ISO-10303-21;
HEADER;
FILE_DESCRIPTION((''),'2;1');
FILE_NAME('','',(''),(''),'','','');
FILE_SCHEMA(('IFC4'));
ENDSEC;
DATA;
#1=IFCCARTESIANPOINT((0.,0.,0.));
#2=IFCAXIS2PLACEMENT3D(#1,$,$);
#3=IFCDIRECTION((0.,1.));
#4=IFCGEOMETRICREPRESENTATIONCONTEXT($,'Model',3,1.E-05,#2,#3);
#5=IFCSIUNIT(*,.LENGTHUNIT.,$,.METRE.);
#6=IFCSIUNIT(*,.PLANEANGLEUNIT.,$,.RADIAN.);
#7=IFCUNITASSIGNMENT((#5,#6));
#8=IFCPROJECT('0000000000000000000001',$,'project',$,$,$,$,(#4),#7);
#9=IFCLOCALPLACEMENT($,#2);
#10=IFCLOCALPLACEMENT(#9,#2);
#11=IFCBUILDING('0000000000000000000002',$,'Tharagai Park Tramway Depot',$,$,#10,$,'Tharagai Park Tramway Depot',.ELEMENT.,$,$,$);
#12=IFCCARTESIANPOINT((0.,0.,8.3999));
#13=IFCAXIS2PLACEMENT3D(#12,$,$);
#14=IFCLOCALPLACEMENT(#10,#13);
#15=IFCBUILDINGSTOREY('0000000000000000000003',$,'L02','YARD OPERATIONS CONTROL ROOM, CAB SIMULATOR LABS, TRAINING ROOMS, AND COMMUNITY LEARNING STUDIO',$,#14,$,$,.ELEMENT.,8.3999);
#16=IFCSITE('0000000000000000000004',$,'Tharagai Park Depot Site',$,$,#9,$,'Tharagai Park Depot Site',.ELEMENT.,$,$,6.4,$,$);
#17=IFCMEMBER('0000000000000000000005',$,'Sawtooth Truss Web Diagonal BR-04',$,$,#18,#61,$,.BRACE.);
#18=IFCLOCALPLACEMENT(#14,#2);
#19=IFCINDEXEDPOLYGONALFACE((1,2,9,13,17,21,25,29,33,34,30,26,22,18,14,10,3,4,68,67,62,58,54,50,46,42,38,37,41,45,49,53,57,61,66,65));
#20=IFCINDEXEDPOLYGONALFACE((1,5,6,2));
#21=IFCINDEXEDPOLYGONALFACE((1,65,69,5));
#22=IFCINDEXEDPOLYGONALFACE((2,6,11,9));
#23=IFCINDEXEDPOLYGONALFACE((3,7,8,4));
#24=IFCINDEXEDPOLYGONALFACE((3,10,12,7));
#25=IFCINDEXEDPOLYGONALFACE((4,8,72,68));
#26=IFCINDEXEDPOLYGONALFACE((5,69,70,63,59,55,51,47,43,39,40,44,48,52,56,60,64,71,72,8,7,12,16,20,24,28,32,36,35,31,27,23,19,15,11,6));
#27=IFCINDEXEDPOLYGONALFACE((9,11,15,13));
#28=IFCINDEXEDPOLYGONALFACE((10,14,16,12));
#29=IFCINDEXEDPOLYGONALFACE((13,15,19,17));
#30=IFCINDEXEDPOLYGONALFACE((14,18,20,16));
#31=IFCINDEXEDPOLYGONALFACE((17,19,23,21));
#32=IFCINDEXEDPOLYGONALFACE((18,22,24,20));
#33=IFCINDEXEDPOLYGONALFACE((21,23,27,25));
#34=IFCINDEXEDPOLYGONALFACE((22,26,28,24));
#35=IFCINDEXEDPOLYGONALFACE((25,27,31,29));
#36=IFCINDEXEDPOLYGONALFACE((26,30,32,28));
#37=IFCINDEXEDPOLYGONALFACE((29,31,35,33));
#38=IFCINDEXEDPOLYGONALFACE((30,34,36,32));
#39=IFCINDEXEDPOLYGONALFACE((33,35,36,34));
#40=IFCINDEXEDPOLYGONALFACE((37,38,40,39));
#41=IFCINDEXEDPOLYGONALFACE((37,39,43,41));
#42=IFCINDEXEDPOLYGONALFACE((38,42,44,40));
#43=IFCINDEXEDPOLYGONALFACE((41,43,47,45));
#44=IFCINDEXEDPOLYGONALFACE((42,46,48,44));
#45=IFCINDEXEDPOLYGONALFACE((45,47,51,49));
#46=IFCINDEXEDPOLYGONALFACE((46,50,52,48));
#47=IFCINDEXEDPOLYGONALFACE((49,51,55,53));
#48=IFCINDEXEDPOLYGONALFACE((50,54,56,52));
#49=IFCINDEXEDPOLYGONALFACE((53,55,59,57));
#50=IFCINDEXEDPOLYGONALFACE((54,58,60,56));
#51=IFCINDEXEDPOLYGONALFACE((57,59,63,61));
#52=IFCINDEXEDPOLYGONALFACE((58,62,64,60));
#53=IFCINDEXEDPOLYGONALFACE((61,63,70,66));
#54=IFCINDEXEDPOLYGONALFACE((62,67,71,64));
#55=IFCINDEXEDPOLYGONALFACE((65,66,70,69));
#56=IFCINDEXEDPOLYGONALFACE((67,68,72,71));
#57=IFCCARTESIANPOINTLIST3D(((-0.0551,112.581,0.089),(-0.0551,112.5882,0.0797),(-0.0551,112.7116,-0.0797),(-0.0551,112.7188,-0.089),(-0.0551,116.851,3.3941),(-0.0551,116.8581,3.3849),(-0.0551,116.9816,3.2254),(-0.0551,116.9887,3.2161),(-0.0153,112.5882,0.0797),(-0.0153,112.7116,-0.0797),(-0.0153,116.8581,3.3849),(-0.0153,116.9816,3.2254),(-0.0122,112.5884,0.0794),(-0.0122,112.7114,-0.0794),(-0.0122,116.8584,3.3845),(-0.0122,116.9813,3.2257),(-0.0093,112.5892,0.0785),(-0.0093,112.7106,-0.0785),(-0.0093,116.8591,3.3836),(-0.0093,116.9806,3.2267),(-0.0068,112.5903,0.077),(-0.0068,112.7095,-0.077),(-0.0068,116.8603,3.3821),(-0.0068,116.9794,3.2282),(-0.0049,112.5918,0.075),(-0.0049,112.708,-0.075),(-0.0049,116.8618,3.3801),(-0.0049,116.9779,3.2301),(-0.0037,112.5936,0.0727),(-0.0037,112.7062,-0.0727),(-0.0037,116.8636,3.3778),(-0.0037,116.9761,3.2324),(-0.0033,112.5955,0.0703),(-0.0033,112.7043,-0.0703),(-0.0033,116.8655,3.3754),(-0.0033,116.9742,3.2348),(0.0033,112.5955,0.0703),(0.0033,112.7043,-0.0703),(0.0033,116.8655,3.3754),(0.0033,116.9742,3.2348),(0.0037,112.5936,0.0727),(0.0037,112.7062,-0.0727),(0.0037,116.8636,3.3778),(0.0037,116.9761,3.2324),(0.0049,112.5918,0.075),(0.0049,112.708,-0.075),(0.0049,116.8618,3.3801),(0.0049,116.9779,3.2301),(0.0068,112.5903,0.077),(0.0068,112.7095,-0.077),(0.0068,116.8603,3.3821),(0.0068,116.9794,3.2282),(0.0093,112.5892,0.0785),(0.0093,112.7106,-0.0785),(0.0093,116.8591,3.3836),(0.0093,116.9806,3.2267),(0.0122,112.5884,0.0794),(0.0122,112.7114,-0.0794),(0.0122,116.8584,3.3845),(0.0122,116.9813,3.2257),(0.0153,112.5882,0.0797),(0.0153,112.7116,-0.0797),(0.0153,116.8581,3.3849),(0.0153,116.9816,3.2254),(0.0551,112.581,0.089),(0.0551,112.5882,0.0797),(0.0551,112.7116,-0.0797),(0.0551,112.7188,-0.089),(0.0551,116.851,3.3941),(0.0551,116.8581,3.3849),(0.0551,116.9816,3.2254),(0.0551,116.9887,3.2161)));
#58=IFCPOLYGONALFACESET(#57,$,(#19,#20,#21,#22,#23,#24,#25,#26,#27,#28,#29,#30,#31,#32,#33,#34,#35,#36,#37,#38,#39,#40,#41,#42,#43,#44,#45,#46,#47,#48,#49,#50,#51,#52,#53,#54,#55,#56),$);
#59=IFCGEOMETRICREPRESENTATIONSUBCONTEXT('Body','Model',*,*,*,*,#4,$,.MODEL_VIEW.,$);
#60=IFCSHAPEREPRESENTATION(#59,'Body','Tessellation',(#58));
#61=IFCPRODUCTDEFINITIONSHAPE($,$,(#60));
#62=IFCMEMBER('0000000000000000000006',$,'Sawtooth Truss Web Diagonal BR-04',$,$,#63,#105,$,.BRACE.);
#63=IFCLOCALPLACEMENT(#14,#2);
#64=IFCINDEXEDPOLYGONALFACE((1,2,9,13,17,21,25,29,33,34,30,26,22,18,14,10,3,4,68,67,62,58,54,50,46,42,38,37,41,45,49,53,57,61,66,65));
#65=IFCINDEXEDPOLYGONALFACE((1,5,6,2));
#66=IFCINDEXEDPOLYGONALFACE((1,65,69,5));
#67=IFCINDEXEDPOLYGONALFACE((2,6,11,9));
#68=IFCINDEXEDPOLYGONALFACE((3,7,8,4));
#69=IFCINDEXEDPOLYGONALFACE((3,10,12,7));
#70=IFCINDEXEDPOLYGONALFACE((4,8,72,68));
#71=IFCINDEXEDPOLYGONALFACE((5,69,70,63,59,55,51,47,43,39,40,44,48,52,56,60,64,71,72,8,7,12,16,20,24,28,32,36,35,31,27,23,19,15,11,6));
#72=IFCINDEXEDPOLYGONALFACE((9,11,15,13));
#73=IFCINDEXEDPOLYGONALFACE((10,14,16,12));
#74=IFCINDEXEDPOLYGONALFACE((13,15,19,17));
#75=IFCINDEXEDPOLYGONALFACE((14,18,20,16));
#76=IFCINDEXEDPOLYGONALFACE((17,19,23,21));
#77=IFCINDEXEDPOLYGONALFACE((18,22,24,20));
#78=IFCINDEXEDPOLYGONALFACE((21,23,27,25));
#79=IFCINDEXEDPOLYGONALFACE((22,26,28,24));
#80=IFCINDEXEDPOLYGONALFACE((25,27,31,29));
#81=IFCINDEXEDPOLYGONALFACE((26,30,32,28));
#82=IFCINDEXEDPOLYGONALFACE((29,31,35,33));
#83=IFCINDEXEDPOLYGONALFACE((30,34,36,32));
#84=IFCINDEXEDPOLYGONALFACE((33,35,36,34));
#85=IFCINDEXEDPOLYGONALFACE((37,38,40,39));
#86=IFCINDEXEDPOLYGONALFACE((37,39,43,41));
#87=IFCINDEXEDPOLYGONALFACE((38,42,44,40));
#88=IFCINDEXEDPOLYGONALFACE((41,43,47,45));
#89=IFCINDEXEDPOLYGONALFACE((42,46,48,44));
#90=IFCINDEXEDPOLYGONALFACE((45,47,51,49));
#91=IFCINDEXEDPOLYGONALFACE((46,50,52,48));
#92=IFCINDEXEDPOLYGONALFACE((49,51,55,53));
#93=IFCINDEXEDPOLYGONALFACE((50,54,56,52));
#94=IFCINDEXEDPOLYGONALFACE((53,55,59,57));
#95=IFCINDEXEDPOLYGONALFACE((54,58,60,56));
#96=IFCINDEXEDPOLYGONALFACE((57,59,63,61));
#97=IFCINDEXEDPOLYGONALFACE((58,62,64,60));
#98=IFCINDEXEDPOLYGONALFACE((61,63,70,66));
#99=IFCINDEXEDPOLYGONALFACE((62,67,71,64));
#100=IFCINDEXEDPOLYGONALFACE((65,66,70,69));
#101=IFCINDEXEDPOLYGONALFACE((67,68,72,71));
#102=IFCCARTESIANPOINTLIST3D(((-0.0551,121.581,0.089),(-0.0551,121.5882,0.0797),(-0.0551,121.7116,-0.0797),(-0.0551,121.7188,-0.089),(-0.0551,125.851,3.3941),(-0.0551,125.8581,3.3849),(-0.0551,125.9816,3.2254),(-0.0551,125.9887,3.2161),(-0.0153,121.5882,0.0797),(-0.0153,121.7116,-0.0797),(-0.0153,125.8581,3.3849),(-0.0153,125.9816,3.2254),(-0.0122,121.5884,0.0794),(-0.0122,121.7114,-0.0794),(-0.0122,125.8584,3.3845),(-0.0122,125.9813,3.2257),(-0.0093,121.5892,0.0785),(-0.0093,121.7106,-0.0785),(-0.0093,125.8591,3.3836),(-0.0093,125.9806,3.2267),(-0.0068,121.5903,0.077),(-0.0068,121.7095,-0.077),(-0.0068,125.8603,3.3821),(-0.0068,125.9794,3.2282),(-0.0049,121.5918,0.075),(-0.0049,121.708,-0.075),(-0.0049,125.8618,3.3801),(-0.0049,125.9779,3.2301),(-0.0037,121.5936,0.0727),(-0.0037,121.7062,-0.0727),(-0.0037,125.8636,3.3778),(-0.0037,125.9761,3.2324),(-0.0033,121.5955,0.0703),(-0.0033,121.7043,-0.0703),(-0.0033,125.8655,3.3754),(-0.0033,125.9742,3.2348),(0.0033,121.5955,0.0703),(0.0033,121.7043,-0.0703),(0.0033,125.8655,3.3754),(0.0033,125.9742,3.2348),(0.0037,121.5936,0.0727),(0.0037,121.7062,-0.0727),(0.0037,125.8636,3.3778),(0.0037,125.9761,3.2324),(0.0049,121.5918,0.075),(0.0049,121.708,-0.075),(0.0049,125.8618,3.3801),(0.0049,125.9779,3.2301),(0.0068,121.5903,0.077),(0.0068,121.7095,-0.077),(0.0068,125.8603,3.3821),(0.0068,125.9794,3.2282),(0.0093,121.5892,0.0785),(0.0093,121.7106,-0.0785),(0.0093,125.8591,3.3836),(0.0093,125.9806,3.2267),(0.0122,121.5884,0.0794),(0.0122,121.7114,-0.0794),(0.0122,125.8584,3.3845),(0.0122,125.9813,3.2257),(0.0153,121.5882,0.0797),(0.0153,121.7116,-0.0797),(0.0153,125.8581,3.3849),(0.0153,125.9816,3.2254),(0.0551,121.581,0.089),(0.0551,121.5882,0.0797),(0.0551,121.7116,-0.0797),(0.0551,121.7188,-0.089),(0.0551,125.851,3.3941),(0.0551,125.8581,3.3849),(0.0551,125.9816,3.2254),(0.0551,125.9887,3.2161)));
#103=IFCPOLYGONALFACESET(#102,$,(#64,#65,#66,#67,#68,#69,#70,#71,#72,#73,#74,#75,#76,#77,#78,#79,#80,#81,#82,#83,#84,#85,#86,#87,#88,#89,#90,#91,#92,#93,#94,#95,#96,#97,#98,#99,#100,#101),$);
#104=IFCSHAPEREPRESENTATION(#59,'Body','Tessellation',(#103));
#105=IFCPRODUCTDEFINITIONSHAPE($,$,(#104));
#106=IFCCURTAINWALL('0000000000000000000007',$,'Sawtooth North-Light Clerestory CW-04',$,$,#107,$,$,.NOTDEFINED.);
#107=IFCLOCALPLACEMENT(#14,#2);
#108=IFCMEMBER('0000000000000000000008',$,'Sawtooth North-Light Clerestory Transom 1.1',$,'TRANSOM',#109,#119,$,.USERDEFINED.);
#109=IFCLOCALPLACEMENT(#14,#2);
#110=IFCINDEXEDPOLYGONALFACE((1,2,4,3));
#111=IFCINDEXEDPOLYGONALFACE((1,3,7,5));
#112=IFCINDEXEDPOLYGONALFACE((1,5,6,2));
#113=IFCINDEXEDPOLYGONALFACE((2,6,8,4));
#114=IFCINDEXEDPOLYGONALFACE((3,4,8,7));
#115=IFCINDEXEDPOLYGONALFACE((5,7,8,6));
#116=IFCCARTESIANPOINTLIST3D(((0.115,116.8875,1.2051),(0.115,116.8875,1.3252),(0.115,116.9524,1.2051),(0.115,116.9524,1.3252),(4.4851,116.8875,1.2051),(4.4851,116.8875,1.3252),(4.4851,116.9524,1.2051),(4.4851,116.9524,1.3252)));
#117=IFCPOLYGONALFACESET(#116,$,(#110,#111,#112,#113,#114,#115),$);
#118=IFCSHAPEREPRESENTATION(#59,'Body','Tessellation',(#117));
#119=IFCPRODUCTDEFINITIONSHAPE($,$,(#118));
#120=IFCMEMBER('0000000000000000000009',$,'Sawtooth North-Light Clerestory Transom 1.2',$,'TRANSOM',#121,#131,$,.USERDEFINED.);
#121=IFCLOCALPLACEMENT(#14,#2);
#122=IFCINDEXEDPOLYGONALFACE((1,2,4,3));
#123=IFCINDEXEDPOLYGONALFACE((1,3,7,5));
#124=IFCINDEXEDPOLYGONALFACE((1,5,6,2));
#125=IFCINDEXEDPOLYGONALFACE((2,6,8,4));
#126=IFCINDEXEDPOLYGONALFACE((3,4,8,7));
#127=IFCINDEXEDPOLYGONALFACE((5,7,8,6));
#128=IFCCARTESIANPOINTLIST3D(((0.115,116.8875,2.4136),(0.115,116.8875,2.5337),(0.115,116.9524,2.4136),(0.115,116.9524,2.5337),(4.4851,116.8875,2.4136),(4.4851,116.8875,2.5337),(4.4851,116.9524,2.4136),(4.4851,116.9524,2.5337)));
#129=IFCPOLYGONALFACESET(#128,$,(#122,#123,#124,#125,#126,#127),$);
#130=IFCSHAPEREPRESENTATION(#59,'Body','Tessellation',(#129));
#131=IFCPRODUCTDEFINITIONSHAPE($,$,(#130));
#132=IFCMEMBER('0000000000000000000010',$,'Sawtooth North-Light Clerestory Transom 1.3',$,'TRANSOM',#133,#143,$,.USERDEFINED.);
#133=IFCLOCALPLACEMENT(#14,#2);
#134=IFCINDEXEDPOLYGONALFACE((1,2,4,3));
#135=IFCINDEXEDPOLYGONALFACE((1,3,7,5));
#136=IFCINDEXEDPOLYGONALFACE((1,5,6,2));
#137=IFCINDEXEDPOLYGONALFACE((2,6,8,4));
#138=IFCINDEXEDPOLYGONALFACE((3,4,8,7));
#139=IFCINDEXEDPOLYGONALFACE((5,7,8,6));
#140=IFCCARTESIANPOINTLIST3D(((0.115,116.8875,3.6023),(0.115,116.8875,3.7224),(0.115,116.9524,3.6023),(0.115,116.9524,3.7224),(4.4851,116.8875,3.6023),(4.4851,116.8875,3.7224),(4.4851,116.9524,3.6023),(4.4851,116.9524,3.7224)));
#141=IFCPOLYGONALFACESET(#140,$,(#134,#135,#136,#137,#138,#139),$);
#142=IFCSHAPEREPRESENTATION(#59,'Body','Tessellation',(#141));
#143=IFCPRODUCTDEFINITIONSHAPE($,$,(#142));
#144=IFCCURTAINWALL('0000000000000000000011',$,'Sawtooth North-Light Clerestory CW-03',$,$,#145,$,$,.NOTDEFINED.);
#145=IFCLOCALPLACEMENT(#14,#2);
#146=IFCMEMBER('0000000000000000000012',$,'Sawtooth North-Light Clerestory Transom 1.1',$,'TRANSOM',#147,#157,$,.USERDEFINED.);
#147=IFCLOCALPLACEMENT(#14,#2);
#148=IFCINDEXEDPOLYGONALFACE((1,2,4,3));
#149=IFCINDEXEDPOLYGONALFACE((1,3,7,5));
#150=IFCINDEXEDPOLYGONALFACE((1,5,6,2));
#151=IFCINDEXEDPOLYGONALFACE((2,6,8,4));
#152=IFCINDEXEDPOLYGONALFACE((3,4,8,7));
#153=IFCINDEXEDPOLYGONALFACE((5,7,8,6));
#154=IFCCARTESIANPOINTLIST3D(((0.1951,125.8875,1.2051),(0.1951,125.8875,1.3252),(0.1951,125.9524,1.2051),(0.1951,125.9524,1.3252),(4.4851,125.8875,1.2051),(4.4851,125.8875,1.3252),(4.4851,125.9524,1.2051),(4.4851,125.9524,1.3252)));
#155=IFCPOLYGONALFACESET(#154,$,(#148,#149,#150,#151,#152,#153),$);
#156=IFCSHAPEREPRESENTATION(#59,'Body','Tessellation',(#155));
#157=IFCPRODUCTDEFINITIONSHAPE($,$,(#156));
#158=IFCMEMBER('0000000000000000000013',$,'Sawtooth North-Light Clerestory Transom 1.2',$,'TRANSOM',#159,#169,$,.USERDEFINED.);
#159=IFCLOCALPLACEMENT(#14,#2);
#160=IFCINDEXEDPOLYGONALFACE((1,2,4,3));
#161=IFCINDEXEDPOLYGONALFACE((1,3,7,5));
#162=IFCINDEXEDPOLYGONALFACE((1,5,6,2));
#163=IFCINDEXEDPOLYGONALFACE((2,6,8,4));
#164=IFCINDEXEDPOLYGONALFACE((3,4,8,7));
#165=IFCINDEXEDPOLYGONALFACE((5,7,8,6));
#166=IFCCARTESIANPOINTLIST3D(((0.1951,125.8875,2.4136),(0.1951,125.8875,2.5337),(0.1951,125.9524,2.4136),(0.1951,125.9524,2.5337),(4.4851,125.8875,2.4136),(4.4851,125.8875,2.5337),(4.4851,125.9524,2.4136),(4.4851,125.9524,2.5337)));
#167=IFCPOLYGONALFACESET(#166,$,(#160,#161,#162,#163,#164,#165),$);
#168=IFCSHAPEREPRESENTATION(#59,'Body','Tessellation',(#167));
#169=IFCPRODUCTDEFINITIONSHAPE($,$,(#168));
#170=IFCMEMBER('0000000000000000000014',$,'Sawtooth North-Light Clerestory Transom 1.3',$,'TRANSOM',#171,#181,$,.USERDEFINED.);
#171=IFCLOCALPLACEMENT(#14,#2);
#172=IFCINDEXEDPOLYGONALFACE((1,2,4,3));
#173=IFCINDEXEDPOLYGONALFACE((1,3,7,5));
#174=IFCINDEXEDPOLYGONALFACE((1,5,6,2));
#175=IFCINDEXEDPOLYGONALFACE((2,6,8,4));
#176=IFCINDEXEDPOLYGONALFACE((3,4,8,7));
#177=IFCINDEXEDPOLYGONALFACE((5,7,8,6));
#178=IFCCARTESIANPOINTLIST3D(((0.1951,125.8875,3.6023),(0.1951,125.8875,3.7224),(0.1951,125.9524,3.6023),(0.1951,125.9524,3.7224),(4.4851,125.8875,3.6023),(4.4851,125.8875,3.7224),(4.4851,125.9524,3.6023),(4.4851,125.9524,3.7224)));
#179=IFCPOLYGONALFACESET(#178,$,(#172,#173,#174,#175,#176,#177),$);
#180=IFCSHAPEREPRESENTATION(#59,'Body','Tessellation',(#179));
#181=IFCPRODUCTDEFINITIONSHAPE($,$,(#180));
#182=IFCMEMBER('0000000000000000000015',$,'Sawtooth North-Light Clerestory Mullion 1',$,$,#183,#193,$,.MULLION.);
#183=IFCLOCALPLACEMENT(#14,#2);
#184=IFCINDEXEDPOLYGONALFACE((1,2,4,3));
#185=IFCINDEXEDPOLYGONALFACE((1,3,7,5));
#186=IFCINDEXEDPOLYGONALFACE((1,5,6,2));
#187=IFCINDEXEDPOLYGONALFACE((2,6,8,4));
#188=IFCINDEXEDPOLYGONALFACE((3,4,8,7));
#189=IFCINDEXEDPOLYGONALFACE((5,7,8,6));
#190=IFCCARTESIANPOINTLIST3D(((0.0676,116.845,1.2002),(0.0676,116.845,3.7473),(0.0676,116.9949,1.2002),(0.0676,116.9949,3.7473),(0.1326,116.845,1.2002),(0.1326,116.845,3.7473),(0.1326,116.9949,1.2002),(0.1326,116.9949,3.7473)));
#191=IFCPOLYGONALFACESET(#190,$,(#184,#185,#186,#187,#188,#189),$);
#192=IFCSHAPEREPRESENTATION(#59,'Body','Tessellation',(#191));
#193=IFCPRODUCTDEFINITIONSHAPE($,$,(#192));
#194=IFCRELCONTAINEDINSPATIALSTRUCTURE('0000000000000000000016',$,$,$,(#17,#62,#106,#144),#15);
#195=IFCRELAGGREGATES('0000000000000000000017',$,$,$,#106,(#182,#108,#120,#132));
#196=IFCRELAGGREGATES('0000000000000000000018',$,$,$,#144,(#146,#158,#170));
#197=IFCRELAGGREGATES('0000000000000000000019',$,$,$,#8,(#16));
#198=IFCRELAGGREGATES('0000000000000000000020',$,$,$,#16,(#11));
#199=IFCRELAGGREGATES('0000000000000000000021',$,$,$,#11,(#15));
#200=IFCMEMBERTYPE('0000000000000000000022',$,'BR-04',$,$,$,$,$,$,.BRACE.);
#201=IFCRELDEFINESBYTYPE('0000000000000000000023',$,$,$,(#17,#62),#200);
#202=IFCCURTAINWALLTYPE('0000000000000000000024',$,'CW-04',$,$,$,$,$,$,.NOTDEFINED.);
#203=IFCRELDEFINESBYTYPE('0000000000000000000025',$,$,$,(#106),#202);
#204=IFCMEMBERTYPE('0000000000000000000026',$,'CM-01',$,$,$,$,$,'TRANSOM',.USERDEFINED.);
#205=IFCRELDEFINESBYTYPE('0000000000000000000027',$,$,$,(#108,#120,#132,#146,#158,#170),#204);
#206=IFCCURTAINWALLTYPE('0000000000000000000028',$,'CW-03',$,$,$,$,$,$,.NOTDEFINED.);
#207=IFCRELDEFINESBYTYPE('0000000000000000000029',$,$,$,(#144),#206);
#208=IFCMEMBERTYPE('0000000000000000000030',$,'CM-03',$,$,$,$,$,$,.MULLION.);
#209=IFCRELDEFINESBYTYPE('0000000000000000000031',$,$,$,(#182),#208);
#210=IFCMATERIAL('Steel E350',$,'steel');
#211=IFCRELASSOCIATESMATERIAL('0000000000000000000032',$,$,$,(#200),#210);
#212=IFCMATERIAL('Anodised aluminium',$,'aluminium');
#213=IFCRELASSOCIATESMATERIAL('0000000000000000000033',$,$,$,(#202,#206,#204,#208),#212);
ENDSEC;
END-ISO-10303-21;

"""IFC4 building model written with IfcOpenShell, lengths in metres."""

from ifc_helpers import new_model, si_unit, direction, frame, origin, origin_2d, place, context, subcontext, project, spatial, rectangle, i_section, extrude, material, material_profile, profile_set, type_object, element, aggregate, save


model = new_model("IFC4")

# Units and contexts
model_context = context("Model", 3, precision=1e-05, world=origin(), true_north=direction((0.0, 1.0)))
body_context = subcontext(model_context, "Body", "Model", "MODEL_VIEW")
ifc_project = project(units=[si_unit("LENGTHUNIT", "METRE"), si_unit("PLANEANGLEUNIT", "RADIAN")], contexts=[model_context])

# Site, building, storey
site_placement = place(None, origin())
site = spatial("IfcSite", under=ifc_project, at=site_placement, Name="Tharagai Park Depot Site", LongName="Tharagai Park Depot Site", CompositionType="ELEMENT", RefElevation=6.4)
building_placement = place(site_placement, origin())
building = spatial("IfcBuilding", under=site, at=building_placement, Name="Tharagai Park Tramway Depot", LongName="Tharagai Park Tramway Depot", CompositionType="ELEMENT")
storey_placement = place(building_placement, frame((0.0, 0.0, 8.3999)))
storey = spatial("IfcBuildingStorey", under=building, at=storey_placement, Name="L02", Description="YARD OPERATIONS CONTROL ROOM, CAB SIMULATOR LABS, TRAINING ROOMS, AND COMMUNITY LEARNING STUDIO", CompositionType="ELEMENT", Elevation=8.3999)

# Shared definitions
ifc_material_1 = material(Name="Steel E350", Category="steel")

# Members
ifc_material_profile_1 = material_profile(ifc_material_1, i_section(OverallWidth=0.1101, OverallDepth=0.2251, WebThickness=0.0066, FlangeThickness=0.0117, FilletRadius=0.012, at=origin_2d()), Name="ISMB 225")
ifc_profile_set_1 = profile_set([ifc_material_profile_1], Name="Steel E350")
member_type_1 = type_object("IfcMemberType", Name="BR-04", PredefinedType="BRACE", material=ifc_profile_set_1)
for number, where, z_axis, x_axis, name in (
    (1, (0.0, 112.6499, 0.0), (0.0, 0.790782, 0.612098), (-1.0, 0.0, 0.0), "Sawtooth Truss Web Diagonal BR-04"),
    (2, (0.0, 121.6499, 0.0), (0.0, 0.790782, 0.612098), (-1.0, 0.0, 0.0), "Sawtooth Truss Web Diagonal BR-04"),
):
    element("IfcMember", number, at=place(storey_placement, frame(where, z_axis=z_axis, x_axis=x_axis)), inside=storey, type_object=member_type_1, Name=name, PredefinedType="BRACE", context=body_context, shape_type="SweptSolid", body=[
        extrude(i_section(OverallWidth=0.1101, OverallDepth=0.2251, WebThickness=0.0066, FlangeThickness=0.0117, FilletRadius=0.012, at=origin_2d()), origin(), (0.0, 0.0, 1.0), 5.3997),
    ])

# Curtain walls, members
ifc_material_2 = material(Name="Anodised aluminium", Category="aluminium")
curtain_wall_type_1 = type_object("IfcCurtainWallType", Name="CW-04", PredefinedType="NOTDEFINED", material=ifc_material_2)
curtain_wall_1_placement = place(storey_placement, origin())
curtain_wall_1 = element("IfcCurtainWall", 3, at=curtain_wall_1_placement, inside=storey, type_object=curtain_wall_type_1, Name="Sawtooth North-Light Clerestory CW-04", PredefinedType="NOTDEFINED")
ifc_material_profile_2 = material_profile(ifc_material_2, rectangle(XDim=0.0649, YDim=0.1201, at=origin_2d()), Name="ALU 65x120")
ifc_profile_set_2 = profile_set([ifc_material_profile_2], Name="Anodised aluminium")
member_type_2 = type_object("IfcMemberType", Name="CM-01", ElementType="TRANSOM", PredefinedType="USERDEFINED", material=ifc_profile_set_2)
member_1_placement = place(storey_placement, frame((0.115, 116.9199, 1.2651), z_axis=(1.0, 0.0, 0.0), x_axis=(0.0, 1.0, 0.0)))
member_1 = element("IfcMember", 4, at=member_1_placement, type_object=member_type_2, Name="Sawtooth North-Light Clerestory Transom 1.1", ObjectType="TRANSOM", PredefinedType="USERDEFINED", context=body_context, shape_type="SweptSolid", body=[
    extrude(rectangle(XDim=0.0649, YDim=0.1201, at=origin_2d()), origin(), (0.0, 0.0, 1.0), 4.3701),
])
member_2_placement = place(storey_placement, frame((0.115, 116.9199, 2.4736), z_axis=(1.0, 0.0, 0.0), x_axis=(0.0, 1.0, 0.0)))
member_2 = element("IfcMember", 5, at=member_2_placement, type_object=member_type_2, Name="Sawtooth North-Light Clerestory Transom 1.2", ObjectType="TRANSOM", PredefinedType="USERDEFINED", context=body_context, shape_type="SweptSolid", body=[
    extrude(rectangle(XDim=0.0649, YDim=0.1201, at=origin_2d()), origin(), (0.0, 0.0, 1.0), 4.3701),
])
member_3_placement = place(storey_placement, frame((0.115, 116.9199, 3.6624), z_axis=(1.0, 0.0, 0.0), x_axis=(0.0, 1.0, 0.0)))
member_3 = element("IfcMember", 6, at=member_3_placement, type_object=member_type_2, Name="Sawtooth North-Light Clerestory Transom 1.3", ObjectType="TRANSOM", PredefinedType="USERDEFINED", context=body_context, shape_type="SweptSolid", body=[
    extrude(rectangle(XDim=0.0649, YDim=0.1201, at=origin_2d()), origin(), (0.0, 0.0, 1.0), 4.3701),
])
curtain_wall_type_2 = type_object("IfcCurtainWallType", Name="CW-03", PredefinedType="NOTDEFINED", material=ifc_material_2)
curtain_wall_2_placement = place(storey_placement, origin())
curtain_wall_2 = element("IfcCurtainWall", 7, at=curtain_wall_2_placement, inside=storey, type_object=curtain_wall_type_2, Name="Sawtooth North-Light Clerestory CW-03", PredefinedType="NOTDEFINED")
member_4_placement = place(storey_placement, frame((0.1951, 125.9199, 1.2651), z_axis=(1.0, 0.0, 0.0), x_axis=(0.0, 1.0, 0.0)))
member_4 = element("IfcMember", 8, at=member_4_placement, type_object=member_type_2, Name="Sawtooth North-Light Clerestory Transom 1.1", ObjectType="TRANSOM", PredefinedType="USERDEFINED", context=body_context, shape_type="SweptSolid", body=[
    extrude(rectangle(XDim=0.0649, YDim=0.1201, at=origin_2d()), origin(), (0.0, 0.0, 1.0), 4.29),
])
member_5_placement = place(storey_placement, frame((0.1951, 125.9199, 2.4736), z_axis=(1.0, 0.0, 0.0), x_axis=(0.0, 1.0, 0.0)))
member_5 = element("IfcMember", 9, at=member_5_placement, type_object=member_type_2, Name="Sawtooth North-Light Clerestory Transom 1.2", ObjectType="TRANSOM", PredefinedType="USERDEFINED", context=body_context, shape_type="SweptSolid", body=[
    extrude(rectangle(XDim=0.0649, YDim=0.1201, at=origin_2d()), origin(), (0.0, 0.0, 1.0), 4.29),
])
member_6_placement = place(storey_placement, frame((0.1951, 125.9199, 3.6624), z_axis=(1.0, 0.0, 0.0), x_axis=(0.0, 1.0, 0.0)))
member_6 = element("IfcMember", 10, at=member_6_placement, type_object=member_type_2, Name="Sawtooth North-Light Clerestory Transom 1.3", ObjectType="TRANSOM", PredefinedType="USERDEFINED", context=body_context, shape_type="SweptSolid", body=[
    extrude(rectangle(XDim=0.0649, YDim=0.1201, at=origin_2d()), origin(), (0.0, 0.0, 1.0), 4.29),
])

# Member
ifc_material_profile_3 = material_profile(ifc_material_2, rectangle(XDim=0.0649, YDim=0.1499, at=origin_2d()), Name="ALU 65x150")
ifc_profile_set_3 = profile_set([ifc_material_profile_3], Name="Anodised aluminium")
member_type_3 = type_object("IfcMemberType", Name="CM-03", PredefinedType="MULLION", material=ifc_profile_set_3)
member_7_placement = place(storey_placement, frame((0.1001, 116.9199, 1.2002), z_axis=(0.0, 0.0, 1.0), x_axis=(1.0, 0.0, 0.0)))
member_7 = element("IfcMember", 11, at=member_7_placement, type_object=member_type_3, Name="Sawtooth North-Light Clerestory Mullion 1", PredefinedType="MULLION", context=body_context, shape_type="SweptSolid", body=[
    extrude(rectangle(XDim=0.0649, YDim=0.1499, at=origin_2d()), origin(), (0.0, 0.0, 1.0), 2.5471),
])

aggregate(curtain_wall_1, [member_7, member_1, member_2, member_3])
aggregate(curtain_wall_2, [member_4, member_5, member_6])

save(model, "model.ifc")
